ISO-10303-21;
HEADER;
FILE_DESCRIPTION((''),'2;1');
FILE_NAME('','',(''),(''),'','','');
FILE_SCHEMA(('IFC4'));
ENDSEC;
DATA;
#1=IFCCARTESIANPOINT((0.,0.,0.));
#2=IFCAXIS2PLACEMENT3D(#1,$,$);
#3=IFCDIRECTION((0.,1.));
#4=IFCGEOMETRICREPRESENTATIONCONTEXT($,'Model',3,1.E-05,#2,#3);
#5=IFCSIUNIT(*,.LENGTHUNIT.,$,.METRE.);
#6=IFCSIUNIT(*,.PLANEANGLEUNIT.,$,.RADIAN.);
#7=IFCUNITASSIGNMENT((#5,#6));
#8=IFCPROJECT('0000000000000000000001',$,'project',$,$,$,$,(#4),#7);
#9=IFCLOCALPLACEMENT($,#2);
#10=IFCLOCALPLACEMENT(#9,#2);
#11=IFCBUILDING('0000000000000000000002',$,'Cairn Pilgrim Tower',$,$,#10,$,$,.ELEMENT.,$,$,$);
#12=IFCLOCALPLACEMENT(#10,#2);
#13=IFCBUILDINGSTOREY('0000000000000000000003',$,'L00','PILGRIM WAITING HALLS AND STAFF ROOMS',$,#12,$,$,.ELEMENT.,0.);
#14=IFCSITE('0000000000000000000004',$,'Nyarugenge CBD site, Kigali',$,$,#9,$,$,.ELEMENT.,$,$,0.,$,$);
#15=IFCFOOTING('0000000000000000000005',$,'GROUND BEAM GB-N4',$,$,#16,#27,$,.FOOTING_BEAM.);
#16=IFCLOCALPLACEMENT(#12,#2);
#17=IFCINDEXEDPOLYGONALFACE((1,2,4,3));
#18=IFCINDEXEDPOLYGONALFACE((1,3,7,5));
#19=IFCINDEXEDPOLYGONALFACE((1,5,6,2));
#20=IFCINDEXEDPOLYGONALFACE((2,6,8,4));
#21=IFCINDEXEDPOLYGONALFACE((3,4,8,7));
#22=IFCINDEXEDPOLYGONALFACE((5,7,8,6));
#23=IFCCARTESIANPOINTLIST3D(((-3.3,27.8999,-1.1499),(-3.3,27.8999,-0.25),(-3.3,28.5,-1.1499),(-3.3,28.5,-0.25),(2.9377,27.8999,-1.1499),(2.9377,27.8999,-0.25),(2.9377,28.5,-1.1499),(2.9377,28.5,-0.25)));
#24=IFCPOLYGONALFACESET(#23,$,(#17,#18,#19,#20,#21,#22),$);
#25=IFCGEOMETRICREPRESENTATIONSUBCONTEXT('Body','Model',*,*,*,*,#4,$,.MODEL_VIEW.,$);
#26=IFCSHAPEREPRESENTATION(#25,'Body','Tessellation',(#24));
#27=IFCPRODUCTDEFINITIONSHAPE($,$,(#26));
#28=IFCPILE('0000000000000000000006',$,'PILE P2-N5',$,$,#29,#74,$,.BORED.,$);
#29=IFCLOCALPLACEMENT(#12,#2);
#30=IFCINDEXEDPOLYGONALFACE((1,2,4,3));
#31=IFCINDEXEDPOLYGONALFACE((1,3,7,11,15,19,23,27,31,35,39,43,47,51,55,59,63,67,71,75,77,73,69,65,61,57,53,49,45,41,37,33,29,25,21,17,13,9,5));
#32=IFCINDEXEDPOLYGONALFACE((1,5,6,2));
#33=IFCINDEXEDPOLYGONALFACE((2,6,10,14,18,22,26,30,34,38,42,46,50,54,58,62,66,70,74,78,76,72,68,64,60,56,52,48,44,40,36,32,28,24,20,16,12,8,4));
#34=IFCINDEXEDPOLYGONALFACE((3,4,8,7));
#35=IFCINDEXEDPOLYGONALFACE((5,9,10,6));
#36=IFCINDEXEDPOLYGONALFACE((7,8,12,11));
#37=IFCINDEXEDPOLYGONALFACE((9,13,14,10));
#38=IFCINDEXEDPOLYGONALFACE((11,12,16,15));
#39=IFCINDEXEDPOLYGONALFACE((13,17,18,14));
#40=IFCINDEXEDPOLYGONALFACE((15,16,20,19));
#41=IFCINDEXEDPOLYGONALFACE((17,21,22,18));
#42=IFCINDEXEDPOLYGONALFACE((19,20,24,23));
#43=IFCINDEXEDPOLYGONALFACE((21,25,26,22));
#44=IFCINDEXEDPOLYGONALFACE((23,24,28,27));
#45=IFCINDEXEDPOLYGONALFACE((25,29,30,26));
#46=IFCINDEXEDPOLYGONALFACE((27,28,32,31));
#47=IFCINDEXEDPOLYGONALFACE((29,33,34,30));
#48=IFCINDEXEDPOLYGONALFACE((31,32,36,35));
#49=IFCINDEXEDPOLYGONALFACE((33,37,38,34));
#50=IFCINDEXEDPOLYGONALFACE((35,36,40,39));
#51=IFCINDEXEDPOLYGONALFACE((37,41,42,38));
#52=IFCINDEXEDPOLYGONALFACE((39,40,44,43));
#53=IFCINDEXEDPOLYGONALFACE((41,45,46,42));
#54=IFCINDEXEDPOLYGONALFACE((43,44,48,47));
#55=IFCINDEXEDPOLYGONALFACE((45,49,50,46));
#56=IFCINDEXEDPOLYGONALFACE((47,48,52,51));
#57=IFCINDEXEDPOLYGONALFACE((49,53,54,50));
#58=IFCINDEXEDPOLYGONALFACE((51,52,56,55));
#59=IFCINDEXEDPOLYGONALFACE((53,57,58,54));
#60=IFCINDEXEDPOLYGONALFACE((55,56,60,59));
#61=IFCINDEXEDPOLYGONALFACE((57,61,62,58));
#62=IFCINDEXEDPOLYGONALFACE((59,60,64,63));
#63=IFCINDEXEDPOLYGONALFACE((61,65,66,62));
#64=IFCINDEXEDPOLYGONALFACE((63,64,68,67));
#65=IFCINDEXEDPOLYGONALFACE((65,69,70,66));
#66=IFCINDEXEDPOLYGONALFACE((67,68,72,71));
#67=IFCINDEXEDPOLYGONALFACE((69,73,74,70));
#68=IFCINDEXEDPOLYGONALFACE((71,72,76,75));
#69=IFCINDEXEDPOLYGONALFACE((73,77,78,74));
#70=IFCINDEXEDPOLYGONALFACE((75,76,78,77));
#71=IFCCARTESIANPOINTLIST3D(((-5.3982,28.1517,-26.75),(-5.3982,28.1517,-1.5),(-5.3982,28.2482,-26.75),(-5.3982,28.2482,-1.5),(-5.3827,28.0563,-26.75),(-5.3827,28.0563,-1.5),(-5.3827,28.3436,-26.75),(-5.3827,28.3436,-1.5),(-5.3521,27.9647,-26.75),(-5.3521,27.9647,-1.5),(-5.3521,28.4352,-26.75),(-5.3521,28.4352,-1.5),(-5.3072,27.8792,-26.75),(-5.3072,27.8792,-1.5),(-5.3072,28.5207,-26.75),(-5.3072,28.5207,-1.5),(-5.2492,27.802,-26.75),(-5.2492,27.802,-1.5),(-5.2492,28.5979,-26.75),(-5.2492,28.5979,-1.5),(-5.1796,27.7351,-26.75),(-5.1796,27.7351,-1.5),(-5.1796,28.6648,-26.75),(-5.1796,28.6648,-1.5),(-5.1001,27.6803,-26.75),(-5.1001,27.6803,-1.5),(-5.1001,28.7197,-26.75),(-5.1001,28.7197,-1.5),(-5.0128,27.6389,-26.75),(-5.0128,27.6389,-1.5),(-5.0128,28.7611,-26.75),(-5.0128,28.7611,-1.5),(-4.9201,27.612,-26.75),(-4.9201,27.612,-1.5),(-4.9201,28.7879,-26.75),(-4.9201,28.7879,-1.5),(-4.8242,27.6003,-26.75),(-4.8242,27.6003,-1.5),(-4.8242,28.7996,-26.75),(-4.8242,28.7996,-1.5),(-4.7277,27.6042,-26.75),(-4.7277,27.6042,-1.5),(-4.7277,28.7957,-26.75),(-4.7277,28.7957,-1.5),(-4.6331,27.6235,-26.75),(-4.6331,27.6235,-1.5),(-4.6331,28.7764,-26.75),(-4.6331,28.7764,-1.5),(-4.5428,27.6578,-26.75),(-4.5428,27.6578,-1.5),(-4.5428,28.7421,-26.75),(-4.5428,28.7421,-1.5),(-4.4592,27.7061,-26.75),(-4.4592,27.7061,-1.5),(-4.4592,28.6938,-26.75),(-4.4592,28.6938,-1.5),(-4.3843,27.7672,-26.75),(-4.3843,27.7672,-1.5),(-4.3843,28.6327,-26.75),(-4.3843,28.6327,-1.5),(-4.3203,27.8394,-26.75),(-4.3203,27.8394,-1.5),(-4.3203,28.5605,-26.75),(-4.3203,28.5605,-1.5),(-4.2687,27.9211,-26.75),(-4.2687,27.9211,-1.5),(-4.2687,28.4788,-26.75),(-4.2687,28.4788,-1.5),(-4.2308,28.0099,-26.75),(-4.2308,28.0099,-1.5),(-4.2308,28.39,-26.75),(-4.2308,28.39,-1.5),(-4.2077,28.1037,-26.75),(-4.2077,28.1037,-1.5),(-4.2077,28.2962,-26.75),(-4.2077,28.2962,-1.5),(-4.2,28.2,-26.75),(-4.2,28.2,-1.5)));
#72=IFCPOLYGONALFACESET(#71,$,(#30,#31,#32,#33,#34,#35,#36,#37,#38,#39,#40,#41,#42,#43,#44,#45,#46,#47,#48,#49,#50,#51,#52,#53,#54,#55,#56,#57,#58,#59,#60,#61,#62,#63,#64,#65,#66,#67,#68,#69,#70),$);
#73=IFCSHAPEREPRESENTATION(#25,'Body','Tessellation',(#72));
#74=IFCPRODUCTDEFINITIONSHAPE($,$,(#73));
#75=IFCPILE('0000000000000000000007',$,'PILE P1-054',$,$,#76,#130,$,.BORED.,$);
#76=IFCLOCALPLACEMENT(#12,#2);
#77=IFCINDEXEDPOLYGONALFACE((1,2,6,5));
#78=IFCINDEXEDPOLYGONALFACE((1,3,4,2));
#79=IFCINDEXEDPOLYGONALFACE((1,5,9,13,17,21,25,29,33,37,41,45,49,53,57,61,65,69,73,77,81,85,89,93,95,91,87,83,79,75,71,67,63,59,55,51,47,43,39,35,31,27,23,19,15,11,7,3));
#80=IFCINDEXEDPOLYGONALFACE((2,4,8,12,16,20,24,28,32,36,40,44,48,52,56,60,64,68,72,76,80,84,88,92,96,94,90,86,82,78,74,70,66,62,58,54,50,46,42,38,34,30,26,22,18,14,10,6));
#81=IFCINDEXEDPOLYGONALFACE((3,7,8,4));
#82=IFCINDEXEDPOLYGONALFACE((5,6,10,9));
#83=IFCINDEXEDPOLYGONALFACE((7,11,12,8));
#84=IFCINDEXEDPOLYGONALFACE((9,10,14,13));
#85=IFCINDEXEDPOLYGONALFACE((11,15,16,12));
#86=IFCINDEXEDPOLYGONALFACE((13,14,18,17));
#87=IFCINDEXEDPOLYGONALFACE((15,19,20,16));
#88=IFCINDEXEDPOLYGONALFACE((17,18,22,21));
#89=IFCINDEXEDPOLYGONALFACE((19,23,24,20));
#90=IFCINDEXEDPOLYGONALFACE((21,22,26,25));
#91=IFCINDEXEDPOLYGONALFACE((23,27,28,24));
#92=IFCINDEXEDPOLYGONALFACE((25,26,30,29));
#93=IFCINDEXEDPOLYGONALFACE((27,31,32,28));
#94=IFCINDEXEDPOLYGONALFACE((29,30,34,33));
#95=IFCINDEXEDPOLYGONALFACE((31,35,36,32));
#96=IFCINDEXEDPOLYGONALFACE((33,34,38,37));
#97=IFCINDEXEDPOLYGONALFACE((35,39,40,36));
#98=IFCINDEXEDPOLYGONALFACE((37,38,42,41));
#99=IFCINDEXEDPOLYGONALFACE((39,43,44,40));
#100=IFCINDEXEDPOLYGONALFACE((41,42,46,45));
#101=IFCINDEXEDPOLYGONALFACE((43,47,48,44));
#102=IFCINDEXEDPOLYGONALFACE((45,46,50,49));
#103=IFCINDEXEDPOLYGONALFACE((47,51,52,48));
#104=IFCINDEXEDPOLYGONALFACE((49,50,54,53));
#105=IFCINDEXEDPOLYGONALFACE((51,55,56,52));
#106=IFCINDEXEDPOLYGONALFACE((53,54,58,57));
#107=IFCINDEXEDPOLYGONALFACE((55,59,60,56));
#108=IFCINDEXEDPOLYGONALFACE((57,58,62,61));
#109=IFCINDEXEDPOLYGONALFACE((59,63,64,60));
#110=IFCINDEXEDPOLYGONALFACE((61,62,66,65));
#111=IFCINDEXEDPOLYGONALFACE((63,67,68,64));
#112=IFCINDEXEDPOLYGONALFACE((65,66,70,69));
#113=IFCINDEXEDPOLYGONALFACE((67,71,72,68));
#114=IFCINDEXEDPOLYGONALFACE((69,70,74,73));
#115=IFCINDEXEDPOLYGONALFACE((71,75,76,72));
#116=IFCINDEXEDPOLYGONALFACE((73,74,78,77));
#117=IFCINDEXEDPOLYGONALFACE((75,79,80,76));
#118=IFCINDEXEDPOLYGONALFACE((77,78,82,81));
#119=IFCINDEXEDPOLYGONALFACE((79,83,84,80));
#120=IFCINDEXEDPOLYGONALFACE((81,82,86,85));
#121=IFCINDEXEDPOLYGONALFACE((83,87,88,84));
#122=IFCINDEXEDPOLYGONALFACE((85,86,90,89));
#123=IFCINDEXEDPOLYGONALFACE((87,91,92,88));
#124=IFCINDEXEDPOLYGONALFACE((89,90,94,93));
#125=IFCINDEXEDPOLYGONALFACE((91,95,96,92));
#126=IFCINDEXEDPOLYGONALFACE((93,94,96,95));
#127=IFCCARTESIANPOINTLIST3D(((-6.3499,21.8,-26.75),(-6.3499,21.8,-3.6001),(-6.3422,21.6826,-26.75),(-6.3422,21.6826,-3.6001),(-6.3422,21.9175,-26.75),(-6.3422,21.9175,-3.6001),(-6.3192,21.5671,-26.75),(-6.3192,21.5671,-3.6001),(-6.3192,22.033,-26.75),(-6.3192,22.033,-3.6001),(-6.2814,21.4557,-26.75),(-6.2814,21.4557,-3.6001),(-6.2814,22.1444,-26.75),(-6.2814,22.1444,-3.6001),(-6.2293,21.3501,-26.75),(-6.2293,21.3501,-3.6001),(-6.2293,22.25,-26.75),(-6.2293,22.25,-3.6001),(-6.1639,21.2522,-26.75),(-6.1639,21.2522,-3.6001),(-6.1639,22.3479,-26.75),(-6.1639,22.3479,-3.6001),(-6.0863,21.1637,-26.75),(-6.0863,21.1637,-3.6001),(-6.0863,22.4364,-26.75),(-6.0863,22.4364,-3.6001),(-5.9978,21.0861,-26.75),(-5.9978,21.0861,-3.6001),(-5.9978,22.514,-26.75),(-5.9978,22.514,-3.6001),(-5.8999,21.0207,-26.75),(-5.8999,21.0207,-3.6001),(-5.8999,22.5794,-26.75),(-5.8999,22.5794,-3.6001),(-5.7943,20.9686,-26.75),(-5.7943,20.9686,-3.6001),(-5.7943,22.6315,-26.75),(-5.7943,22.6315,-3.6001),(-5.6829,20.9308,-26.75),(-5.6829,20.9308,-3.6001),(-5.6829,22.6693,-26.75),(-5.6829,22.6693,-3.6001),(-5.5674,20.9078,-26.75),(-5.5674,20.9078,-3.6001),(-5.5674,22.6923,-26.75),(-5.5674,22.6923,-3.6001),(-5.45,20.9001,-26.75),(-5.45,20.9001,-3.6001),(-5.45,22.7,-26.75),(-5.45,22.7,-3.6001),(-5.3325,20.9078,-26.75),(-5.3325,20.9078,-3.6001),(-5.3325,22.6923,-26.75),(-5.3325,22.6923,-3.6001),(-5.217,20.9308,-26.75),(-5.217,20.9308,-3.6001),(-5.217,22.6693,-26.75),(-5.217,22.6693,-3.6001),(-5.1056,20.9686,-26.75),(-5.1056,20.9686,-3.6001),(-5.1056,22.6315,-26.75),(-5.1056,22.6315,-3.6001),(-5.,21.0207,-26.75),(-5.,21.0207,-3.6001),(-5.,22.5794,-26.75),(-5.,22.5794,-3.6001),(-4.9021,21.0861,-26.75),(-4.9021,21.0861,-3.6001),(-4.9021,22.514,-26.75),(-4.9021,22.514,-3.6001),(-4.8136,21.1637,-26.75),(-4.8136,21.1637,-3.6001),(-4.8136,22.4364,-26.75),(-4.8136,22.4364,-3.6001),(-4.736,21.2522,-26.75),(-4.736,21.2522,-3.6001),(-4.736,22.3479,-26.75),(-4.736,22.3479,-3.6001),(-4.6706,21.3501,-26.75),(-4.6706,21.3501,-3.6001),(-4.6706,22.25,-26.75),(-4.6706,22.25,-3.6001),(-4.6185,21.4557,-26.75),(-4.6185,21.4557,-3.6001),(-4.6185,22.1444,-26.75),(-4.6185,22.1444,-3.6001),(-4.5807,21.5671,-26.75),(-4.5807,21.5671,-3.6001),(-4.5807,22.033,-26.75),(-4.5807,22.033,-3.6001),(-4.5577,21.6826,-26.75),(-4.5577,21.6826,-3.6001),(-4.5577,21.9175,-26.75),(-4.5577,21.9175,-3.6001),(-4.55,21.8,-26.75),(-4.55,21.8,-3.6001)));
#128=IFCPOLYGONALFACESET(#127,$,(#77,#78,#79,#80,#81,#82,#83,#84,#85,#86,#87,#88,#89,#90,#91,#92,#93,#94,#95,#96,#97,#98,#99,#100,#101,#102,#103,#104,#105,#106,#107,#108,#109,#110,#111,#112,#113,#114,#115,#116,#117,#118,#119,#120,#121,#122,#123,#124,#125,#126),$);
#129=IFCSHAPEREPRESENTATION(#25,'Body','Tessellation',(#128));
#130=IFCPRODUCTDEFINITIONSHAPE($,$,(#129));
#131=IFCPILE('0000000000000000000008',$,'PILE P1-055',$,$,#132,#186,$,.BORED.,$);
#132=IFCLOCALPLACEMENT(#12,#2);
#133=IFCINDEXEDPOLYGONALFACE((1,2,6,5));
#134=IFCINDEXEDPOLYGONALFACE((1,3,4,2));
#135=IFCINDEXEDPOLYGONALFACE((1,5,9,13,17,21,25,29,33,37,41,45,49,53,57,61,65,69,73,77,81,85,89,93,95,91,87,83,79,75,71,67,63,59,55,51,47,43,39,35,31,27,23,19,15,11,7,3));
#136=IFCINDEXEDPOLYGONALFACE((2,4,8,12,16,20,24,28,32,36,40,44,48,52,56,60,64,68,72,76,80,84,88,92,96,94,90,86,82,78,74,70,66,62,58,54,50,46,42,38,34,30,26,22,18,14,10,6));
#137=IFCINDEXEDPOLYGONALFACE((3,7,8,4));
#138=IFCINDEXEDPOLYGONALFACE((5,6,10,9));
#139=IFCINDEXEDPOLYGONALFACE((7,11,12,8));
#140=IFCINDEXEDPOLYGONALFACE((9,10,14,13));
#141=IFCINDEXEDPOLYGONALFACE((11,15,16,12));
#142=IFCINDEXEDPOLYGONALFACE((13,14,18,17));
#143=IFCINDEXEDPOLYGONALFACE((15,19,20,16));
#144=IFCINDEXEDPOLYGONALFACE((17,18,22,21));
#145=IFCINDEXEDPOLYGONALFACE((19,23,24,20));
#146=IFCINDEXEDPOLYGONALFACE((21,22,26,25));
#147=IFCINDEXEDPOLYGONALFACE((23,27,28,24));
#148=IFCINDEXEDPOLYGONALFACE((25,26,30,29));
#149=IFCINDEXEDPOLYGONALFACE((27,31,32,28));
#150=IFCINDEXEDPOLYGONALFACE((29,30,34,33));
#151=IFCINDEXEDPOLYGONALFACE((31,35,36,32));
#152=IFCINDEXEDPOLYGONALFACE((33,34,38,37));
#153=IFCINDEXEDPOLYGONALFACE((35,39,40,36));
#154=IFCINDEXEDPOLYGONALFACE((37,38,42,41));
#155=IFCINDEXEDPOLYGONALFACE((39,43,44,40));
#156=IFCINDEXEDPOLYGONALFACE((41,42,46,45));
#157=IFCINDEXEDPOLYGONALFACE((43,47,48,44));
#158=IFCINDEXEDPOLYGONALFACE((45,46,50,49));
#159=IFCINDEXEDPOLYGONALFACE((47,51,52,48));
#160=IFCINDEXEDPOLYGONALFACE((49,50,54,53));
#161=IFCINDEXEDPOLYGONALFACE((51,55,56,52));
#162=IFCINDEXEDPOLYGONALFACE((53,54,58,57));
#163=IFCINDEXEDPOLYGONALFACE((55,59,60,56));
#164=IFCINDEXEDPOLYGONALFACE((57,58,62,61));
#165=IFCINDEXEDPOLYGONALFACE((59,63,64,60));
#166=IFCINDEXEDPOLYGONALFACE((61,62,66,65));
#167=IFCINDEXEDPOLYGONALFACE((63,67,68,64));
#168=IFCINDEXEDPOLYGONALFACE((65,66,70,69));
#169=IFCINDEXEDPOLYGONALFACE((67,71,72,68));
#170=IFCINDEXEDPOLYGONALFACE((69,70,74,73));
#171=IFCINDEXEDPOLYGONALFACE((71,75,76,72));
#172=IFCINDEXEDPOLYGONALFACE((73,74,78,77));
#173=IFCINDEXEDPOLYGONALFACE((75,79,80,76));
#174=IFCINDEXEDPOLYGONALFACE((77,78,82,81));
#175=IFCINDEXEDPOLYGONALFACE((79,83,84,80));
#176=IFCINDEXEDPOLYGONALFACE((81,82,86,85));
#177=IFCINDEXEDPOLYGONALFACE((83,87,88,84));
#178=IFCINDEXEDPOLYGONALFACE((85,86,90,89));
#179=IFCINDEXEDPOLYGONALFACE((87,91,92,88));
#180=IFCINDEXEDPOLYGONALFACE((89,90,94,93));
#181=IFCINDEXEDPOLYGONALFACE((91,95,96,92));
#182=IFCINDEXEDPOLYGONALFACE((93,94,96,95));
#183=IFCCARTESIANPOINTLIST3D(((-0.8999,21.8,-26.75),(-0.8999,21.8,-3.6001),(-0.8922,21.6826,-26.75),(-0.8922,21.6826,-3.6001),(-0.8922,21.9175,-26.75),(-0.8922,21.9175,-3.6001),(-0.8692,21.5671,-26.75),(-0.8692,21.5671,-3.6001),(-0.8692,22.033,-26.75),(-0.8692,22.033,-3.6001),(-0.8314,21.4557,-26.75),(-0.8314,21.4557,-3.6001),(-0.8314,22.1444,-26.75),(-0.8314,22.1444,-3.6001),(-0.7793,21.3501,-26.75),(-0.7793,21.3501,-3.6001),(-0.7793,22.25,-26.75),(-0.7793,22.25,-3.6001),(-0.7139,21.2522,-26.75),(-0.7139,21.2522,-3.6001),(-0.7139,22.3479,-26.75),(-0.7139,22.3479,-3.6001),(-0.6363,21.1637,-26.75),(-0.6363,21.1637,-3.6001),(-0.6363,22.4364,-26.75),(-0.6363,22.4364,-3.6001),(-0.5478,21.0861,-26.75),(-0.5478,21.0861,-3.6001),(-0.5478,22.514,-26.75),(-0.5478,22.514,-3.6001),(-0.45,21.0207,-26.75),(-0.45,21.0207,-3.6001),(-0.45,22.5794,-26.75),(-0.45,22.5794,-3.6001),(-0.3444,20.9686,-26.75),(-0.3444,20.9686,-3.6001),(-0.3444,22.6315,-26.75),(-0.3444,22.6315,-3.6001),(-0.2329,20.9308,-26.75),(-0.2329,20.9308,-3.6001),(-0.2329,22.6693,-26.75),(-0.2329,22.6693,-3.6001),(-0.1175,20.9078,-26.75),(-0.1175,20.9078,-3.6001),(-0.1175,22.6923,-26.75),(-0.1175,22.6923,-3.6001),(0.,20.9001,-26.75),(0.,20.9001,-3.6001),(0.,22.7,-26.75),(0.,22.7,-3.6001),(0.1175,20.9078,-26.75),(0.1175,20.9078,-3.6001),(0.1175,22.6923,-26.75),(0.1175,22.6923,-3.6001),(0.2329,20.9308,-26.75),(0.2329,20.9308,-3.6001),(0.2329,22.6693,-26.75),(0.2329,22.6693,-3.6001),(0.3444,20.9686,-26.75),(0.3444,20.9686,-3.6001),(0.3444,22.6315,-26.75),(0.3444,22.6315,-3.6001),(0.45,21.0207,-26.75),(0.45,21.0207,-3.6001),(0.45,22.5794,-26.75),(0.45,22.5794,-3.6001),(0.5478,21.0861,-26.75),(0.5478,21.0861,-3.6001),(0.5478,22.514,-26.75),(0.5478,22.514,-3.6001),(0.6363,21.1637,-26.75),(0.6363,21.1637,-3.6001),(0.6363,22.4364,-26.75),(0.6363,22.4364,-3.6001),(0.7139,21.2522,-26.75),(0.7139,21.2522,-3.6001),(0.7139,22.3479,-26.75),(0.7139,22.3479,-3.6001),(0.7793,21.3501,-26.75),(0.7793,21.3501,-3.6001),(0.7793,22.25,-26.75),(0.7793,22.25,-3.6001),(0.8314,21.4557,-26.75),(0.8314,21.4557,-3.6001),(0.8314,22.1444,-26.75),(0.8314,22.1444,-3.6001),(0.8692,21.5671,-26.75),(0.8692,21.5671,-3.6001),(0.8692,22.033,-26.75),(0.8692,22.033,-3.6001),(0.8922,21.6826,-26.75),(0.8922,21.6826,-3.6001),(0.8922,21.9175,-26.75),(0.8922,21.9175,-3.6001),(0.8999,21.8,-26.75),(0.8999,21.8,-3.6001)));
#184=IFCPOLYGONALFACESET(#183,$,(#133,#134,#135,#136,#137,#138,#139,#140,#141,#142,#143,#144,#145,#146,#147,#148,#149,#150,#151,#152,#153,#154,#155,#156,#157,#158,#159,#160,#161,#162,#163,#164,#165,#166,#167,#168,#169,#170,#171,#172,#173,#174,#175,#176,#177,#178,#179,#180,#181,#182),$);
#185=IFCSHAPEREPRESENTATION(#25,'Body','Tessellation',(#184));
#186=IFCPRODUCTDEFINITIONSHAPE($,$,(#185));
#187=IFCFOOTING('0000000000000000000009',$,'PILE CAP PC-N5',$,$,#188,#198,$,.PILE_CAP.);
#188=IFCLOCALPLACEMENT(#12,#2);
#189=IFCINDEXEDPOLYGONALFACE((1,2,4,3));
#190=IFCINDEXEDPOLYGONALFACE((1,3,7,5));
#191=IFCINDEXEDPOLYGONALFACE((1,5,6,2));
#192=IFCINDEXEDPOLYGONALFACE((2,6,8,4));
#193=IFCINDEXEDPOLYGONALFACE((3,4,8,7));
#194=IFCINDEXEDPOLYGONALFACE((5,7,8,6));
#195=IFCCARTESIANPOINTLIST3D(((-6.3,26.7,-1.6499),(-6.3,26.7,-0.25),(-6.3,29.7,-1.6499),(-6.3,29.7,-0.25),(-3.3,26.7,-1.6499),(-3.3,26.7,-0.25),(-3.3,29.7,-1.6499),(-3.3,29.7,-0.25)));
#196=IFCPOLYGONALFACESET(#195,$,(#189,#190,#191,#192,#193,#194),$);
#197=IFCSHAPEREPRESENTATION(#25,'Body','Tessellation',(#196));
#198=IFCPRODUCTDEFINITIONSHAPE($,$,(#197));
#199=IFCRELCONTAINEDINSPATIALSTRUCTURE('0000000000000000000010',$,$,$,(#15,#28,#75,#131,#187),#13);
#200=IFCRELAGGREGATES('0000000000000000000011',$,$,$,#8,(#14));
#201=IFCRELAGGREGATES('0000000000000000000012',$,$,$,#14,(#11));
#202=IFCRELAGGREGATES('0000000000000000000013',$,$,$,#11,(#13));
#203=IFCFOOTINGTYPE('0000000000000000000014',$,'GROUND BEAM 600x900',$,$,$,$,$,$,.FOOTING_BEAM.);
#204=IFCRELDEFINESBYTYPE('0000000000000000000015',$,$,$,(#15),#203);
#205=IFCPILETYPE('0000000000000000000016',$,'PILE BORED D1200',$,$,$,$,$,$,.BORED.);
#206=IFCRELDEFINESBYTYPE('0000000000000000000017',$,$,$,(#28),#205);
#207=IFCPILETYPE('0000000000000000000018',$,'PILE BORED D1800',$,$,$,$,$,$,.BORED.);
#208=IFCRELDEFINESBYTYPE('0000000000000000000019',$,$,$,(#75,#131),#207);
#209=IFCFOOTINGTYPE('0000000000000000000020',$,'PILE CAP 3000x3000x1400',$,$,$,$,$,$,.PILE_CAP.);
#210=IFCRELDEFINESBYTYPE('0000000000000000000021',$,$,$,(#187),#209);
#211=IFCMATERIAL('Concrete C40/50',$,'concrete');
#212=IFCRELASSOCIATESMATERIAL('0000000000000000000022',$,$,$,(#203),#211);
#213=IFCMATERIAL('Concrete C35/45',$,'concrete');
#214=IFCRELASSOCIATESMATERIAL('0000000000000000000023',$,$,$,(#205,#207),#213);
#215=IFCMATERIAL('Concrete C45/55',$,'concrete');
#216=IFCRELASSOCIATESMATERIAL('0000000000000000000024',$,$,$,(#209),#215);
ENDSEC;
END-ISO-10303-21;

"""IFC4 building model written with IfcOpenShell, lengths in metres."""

from ifc_helpers import new_model, si_unit, direction, frame, origin, origin_2d, place, context, subcontext, project, spatial, rectangle, circle, extrude, material, material_profile, profile_set, type_object, element, save


model = new_model("IFC4")

# Units and contexts
model_context = context("Model", 3, precision=1e-05, world=origin(), true_north=direction((0.0, 1.0)))
body_context = subcontext(model_context, "Body", "Model", "MODEL_VIEW")
ifc_project = project(units=[si_unit("LENGTHUNIT", "METRE"), si_unit("PLANEANGLEUNIT", "RADIAN")], contexts=[model_context])

# Site, building, storey
site_placement = place(None, origin())
site = spatial("IfcSite", under=ifc_project, at=site_placement, Name="Nyarugenge CBD site, Kigali", CompositionType="ELEMENT", RefElevation=0.0)
building_placement = place(site_placement, origin())
building = spatial("IfcBuilding", under=site, at=building_placement, Name="Cairn Pilgrim Tower", CompositionType="ELEMENT")
storey_placement = place(building_placement, origin())
storey = spatial("IfcBuildingStorey", under=building, at=storey_placement, Name="L00", Description="PILGRIM WAITING HALLS AND STAFF ROOMS", CompositionType="ELEMENT", Elevation=0.0)

# Footing
ifc_material_1 = material(Name="Concrete C40/50", Category="concrete")
footing_type_1 = type_object("IfcFootingType", Name="GROUND BEAM 600x900", PredefinedType="FOOTING_BEAM", material=ifc_material_1)
footing_1_placement = place(storey_placement, frame((-0.1812, 28.2, -1.1499), z_axis=(0.0, 0.0, 1.0), x_axis=(-1.0, 0.0, 0.0)))
element("IfcFooting", 1, at=footing_1_placement, inside=storey, type_object=footing_type_1, Name="GROUND BEAM GB-N4", PredefinedType="FOOTING_BEAM", context=body_context, shape_type="SweptSolid", body=[
    extrude(rectangle(XDim=6.2378, YDim=0.6001, at=origin_2d()), origin(), (0.0, 0.0, 1.0), 0.8999),
])

# Piles
ifc_material_2 = material(Name="Concrete C35/45", Category="concrete")
ifc_material_profile_1 = material_profile(ifc_material_2, circle(Radius=0.6001, at=origin_2d()), Name="D1200")
ifc_profile_set_1 = profile_set([ifc_material_profile_1], Name="Concrete C35/45")
pile_type_1 = type_object("IfcPileType", Name="PILE BORED D1200", PredefinedType="BORED", material=ifc_profile_set_1)
pile_placement = place(storey_placement, frame((-4.8, 28.2, -1.5), z_axis=(0.0, 0.0, -1.0), x_axis=(1.0, 0.0, 0.0)))
element("IfcPile", 2, at=pile_placement, inside=storey, type_object=pile_type_1, Name="PILE P2-N5", PredefinedType="BORED", context=body_context, shape_type="SweptSolid", body=[
    extrude(circle(Radius=0.6001, at=origin_2d()), origin(), (0.0, 0.0, 1.0), 25.25),
])
ifc_material_profile_2 = material_profile(ifc_material_2, circle(Radius=0.8999, at=origin_2d()), Name="D1800")
ifc_profile_set_2 = profile_set([ifc_material_profile_2], Name="Concrete C35/45")
pile_type_2 = type_object("IfcPileType", Name="PILE BORED D1800", PredefinedType="BORED", material=ifc_profile_set_2)
for number, where, z_axis, x_axis, name in (
    (3, (-5.45, 21.8, -3.6001), (0.0, 0.0, -1.0), (1.0, 0.0, 0.0), "PILE P1-054"),
    (4, (0.0, 21.8, -3.6001), (0.0, 0.0, -1.0), (1.0, 0.0, 0.0), "PILE P1-055"),
):
    element("IfcPile", number, at=place(storey_placement, frame(where, z_axis=z_axis, x_axis=x_axis)), inside=storey, type_object=pile_type_2, Name=name, PredefinedType="BORED", context=body_context, shape_type="SweptSolid", body=[
        extrude(circle(Radius=0.8999, at=origin_2d()), origin(), (0.0, 0.0, 1.0), 23.1499),
    ])

# Footing
ifc_material_3 = material(Name="Concrete C45/55", Category="concrete")
footing_type_2 = type_object("IfcFootingType", Name="PILE CAP 3000x3000x1400", PredefinedType="PILE_CAP", material=ifc_material_3)
footing_2_placement = place(storey_placement, frame((-4.8, 28.2, -1.6499), z_axis=(0.0, 0.0, 1.0), x_axis=(1.0, 0.0, 0.0)))
element("IfcFooting", 5, at=footing_2_placement, inside=storey, type_object=footing_type_2, Name="PILE CAP PC-N5", PredefinedType="PILE_CAP", context=body_context, shape_type="SweptSolid", body=[
    extrude(rectangle(XDim=3.0, YDim=3.0, at=origin_2d()), origin(), (0.0, 0.0, 1.0), 1.3999),
])

save(model, "model.ifc")
